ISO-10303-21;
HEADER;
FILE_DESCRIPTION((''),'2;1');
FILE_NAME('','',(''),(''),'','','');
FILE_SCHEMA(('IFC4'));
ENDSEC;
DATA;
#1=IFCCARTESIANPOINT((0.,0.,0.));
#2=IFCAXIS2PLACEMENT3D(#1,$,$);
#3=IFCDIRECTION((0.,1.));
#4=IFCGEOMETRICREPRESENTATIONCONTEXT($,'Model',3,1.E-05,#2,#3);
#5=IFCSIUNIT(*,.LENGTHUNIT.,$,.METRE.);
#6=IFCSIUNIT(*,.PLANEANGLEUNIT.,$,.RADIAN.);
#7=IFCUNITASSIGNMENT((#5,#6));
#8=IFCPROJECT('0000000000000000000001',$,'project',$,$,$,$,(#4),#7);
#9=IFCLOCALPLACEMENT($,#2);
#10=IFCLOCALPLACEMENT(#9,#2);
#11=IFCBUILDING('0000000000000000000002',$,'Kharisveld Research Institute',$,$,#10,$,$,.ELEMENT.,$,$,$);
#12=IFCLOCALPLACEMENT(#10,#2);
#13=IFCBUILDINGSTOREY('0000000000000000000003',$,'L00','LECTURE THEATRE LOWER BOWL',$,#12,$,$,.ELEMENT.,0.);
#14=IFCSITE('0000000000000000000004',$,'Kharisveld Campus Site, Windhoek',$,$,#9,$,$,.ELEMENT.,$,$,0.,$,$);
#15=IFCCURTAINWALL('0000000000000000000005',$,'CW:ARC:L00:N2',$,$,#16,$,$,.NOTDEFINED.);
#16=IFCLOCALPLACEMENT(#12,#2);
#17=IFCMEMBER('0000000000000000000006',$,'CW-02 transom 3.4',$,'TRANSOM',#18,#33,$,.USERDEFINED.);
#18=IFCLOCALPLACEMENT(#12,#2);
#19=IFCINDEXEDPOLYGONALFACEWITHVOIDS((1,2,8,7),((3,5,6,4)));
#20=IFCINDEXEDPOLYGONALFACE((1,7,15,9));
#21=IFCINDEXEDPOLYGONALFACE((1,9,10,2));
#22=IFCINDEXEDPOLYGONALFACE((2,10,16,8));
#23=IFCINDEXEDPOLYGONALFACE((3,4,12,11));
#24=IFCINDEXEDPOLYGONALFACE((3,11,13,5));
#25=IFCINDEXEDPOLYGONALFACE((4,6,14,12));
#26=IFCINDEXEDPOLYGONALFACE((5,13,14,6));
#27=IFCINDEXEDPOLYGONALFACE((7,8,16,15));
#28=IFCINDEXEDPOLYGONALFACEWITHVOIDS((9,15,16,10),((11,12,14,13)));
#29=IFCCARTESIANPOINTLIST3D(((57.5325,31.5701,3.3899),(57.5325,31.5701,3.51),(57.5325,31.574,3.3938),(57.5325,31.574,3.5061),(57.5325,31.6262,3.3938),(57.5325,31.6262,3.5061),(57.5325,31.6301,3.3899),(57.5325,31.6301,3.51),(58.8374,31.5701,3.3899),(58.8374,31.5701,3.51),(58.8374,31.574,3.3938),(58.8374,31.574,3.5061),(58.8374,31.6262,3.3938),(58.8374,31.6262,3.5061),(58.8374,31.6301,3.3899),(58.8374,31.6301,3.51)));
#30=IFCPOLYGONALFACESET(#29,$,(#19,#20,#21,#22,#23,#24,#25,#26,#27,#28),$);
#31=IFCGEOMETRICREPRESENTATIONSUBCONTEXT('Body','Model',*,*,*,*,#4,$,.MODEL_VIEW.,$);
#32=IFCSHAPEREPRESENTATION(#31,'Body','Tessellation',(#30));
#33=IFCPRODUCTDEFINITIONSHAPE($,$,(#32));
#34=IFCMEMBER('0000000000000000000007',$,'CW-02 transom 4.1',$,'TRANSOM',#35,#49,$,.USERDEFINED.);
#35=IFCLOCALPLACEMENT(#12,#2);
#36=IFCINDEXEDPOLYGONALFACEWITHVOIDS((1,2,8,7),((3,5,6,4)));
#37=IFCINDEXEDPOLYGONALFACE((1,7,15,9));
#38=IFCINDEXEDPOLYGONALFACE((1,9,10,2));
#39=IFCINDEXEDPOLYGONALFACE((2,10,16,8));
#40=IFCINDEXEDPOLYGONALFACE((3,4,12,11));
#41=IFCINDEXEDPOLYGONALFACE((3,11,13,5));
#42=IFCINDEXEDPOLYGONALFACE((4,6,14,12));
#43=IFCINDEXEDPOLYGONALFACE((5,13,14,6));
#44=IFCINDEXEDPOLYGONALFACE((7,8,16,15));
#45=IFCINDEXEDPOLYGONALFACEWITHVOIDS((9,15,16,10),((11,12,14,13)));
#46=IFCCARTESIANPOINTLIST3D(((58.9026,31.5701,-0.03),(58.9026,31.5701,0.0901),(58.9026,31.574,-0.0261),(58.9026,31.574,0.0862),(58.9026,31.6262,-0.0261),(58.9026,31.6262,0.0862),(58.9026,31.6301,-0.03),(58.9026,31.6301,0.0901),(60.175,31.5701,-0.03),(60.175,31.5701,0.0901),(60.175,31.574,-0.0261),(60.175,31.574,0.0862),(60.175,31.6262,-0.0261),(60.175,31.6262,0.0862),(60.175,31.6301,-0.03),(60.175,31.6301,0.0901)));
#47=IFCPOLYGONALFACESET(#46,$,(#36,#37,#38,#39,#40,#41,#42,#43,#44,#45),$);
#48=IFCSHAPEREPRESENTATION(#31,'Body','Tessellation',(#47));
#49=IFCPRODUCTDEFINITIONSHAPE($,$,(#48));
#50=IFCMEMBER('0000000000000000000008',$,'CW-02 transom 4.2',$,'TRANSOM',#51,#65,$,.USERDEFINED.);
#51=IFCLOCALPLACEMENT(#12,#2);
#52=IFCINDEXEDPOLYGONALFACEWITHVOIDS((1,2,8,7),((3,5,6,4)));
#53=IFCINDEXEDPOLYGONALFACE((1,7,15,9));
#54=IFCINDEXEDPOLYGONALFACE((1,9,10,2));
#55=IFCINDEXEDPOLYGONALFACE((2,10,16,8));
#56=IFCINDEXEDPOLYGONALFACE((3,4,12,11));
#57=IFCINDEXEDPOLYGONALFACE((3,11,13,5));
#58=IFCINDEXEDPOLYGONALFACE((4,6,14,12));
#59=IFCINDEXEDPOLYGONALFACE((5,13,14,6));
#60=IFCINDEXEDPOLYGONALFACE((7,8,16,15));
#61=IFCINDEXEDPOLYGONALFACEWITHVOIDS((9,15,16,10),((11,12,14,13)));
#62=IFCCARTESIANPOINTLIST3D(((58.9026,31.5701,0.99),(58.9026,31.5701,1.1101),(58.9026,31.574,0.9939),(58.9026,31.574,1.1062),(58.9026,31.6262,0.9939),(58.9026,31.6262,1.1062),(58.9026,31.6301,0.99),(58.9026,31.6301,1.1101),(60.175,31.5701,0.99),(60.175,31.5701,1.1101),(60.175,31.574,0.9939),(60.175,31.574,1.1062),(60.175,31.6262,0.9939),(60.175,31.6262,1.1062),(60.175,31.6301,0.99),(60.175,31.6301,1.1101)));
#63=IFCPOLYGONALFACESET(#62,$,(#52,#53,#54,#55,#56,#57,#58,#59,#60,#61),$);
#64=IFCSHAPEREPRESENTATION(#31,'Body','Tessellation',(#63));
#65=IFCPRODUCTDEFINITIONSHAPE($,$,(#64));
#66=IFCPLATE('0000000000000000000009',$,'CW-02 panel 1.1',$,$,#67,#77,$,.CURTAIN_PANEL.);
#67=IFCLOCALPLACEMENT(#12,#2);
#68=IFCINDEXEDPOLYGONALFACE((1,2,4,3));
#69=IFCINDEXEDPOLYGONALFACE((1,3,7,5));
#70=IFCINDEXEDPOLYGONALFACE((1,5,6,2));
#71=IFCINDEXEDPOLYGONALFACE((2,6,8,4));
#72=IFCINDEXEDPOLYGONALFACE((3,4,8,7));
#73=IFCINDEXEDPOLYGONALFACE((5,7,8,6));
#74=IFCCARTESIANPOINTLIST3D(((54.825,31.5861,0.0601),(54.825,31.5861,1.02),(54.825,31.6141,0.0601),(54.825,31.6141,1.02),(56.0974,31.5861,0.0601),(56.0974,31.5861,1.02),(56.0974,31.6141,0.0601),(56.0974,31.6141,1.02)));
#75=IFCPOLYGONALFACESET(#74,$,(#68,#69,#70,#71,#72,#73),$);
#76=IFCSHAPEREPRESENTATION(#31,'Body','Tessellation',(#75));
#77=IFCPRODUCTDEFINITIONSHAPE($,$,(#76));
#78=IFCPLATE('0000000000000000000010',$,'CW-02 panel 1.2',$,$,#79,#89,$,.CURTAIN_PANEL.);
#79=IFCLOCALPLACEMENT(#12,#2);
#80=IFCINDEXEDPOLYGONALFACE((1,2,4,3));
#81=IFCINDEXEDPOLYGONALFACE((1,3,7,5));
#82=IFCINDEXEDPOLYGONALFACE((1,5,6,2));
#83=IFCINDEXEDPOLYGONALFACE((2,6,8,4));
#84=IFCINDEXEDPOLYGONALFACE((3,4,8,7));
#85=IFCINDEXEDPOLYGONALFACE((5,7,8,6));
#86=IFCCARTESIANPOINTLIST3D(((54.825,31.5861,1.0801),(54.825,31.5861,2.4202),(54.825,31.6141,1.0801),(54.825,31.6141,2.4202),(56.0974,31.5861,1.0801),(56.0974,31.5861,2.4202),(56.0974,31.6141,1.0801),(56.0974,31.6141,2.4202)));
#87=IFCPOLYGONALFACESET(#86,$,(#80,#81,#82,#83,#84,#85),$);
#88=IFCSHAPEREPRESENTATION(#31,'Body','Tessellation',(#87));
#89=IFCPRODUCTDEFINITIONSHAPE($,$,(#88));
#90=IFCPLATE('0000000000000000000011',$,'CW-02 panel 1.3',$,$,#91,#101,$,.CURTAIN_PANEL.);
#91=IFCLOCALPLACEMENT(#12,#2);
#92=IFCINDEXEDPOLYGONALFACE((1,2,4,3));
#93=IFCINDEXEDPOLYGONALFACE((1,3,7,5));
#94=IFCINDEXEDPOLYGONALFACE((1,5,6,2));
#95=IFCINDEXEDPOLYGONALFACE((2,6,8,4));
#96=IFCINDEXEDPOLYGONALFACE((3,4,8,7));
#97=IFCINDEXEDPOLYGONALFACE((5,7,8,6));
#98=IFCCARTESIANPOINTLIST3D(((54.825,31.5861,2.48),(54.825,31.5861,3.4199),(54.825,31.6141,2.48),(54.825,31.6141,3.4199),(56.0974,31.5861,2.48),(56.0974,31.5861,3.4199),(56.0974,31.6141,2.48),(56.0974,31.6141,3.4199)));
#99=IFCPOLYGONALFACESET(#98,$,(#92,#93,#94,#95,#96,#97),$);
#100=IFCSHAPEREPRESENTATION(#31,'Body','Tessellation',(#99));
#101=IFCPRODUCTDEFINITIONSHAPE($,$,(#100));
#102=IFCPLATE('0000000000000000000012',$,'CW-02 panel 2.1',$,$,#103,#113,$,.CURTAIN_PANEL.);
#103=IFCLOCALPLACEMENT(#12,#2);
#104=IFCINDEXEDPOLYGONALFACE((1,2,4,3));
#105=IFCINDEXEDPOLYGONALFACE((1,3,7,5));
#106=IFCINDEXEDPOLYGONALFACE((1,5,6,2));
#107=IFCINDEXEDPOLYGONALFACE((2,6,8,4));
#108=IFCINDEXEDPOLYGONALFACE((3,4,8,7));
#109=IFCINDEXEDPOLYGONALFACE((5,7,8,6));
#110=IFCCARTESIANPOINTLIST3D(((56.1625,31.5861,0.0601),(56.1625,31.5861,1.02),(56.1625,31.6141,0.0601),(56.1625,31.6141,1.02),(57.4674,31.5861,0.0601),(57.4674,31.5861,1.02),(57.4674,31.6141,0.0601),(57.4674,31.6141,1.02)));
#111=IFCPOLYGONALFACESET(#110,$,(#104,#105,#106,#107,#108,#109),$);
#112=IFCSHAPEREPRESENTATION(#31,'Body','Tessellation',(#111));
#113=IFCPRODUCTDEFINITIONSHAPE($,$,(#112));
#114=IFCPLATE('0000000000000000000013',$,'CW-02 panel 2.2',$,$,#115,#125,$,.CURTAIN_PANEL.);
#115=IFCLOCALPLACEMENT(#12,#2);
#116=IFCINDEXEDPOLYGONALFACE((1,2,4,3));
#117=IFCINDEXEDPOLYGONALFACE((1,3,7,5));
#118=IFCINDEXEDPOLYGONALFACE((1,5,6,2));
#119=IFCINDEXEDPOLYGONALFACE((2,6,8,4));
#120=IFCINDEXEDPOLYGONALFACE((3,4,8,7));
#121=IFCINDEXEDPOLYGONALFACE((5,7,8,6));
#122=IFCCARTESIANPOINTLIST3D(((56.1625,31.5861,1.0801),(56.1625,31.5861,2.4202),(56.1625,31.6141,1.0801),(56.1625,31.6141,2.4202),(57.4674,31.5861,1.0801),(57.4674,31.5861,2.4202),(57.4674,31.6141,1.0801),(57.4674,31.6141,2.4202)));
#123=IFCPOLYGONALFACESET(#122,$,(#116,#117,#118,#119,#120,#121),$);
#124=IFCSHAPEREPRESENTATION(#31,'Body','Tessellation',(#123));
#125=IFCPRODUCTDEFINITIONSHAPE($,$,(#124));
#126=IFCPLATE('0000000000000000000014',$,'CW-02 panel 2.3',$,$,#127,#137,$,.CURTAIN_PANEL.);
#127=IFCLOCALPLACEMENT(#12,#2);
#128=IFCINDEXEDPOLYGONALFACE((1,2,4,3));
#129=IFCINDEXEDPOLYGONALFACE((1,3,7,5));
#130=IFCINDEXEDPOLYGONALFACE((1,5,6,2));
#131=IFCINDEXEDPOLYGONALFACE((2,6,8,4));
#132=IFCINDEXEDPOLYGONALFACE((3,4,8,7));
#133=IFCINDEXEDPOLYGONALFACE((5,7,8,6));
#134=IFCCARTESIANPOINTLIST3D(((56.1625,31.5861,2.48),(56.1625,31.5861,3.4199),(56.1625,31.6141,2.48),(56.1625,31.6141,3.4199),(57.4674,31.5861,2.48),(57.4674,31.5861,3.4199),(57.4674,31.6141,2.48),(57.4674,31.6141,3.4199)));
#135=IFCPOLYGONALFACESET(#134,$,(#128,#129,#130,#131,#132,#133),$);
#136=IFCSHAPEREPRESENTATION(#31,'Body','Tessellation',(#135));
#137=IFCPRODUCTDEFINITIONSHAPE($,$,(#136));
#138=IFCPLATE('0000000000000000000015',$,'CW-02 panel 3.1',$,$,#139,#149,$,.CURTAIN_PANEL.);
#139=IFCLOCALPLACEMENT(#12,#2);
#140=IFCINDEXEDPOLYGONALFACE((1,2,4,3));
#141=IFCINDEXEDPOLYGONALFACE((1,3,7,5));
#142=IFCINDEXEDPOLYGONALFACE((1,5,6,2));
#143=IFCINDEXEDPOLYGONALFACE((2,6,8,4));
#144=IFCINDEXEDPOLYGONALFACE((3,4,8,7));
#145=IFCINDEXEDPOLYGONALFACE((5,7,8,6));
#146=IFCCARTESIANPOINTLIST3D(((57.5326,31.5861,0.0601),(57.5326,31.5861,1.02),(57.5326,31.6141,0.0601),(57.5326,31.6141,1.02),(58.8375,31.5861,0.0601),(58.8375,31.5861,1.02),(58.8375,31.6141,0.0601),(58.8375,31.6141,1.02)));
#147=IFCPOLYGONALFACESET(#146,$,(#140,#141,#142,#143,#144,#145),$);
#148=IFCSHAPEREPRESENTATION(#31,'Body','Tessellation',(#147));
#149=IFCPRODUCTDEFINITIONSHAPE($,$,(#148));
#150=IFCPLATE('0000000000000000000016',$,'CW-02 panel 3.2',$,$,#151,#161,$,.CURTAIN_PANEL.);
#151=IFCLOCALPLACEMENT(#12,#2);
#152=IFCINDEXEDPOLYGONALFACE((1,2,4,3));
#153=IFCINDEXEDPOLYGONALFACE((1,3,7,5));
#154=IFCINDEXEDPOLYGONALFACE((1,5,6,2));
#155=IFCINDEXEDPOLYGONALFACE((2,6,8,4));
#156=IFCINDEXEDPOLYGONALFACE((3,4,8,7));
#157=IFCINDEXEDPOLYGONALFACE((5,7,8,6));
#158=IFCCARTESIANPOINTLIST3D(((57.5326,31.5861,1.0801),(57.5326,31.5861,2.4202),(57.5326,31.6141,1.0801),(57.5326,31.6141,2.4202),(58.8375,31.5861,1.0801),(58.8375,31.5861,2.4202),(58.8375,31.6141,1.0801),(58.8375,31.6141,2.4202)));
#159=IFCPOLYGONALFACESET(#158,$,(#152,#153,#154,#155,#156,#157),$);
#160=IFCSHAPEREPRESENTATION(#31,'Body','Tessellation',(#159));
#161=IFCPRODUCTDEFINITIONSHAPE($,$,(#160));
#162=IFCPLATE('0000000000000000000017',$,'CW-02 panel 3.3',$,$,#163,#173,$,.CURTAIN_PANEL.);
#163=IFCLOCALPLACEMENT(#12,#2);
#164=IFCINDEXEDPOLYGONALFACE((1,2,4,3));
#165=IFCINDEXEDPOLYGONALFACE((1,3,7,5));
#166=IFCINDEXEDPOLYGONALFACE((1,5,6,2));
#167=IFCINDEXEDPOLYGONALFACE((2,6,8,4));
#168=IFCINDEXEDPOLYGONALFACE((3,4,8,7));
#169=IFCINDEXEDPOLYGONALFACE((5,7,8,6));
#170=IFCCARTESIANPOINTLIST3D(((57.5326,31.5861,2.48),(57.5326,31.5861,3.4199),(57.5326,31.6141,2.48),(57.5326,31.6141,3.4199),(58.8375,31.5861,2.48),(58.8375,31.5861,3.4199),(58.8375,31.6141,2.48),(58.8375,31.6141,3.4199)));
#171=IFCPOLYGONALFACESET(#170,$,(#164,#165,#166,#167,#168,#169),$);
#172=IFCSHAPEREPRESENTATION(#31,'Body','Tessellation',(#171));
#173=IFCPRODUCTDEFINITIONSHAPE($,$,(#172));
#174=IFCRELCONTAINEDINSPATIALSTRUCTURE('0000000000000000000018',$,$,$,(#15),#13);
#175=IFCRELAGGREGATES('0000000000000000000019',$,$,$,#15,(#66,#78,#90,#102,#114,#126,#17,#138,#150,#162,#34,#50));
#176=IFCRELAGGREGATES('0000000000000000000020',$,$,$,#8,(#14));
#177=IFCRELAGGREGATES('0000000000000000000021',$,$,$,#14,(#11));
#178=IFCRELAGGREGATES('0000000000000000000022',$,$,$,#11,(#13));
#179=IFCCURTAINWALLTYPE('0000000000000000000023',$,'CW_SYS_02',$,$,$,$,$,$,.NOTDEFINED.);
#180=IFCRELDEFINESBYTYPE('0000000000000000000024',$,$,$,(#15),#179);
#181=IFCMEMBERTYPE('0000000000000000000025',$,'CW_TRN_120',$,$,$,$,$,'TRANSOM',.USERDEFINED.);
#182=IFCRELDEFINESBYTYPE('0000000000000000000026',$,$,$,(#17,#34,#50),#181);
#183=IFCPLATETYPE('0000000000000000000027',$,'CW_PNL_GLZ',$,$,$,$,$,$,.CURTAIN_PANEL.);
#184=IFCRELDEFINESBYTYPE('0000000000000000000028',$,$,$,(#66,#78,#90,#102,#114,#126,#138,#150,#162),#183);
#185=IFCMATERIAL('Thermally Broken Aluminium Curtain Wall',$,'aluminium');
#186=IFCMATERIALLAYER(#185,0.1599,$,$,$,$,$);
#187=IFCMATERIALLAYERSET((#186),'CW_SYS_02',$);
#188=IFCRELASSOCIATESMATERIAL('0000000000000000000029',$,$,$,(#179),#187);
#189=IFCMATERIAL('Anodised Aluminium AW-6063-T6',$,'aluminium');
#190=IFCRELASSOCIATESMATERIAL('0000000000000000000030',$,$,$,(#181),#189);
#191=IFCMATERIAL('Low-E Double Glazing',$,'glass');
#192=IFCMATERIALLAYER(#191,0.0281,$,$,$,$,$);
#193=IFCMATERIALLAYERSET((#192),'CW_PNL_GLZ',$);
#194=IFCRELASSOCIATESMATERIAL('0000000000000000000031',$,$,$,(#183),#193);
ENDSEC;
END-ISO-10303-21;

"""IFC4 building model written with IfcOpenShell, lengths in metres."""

from ifc_helpers import new_model, si_unit, direction, frame, origin, origin_2d, place, context, subcontext, project, spatial, rectangle, hollow_rectangle, extrude, material, layer, layer_set, material_profile, profile_set, type_object, element, aggregate, save


model = new_model("IFC4")

# Units and contexts
model_context = context("Model", 3, precision=1e-05, world=origin(), true_north=direction((0.0, 1.0)))
body_context = subcontext(model_context, "Body", "Model", "MODEL_VIEW")
ifc_project = project(units=[si_unit("LENGTHUNIT", "METRE"), si_unit("PLANEANGLEUNIT", "RADIAN")], contexts=[model_context])

# Site, building, storey
site_placement = place(None, origin())
site = spatial("IfcSite", under=ifc_project, at=site_placement, Name="Kharisveld Campus Site, Windhoek", CompositionType="ELEMENT", RefElevation=0.0)
building_placement = place(site_placement, origin())
building = spatial("IfcBuilding", under=site, at=building_placement, Name="Kharisveld Research Institute", CompositionType="ELEMENT")
storey_placement = place(building_placement, origin())
storey = spatial("IfcBuildingStorey", under=building, at=storey_placement, Name="L00", Description="LECTURE THEATRE LOWER BOWL", CompositionType="ELEMENT", Elevation=0.0)

# Curtain wall, members, plates
ifc_material_1 = material(Name="Thermally Broken Aluminium Curtain Wall", Category="aluminium")
ifc_layer_1 = layer(ifc_material_1, 0.1599)
ifc_layer_set_1 = layer_set([ifc_layer_1], Name="CW_SYS_02")
curtain_wall_type = type_object("IfcCurtainWallType", Name="CW_SYS_02", PredefinedType="NOTDEFINED", material=ifc_layer_set_1)
curtain_wall_placement = place(storey_placement, origin())
curtain_wall = element("IfcCurtainWall", 1, at=curtain_wall_placement, inside=storey, type_object=curtain_wall_type, Name="CW:ARC:L00:N2", PredefinedType="NOTDEFINED")
ifc_material_2 = material(Name="Anodised Aluminium AW-6063-T6", Category="aluminium")
ifc_material_profile_1 = material_profile(ifc_material_2, hollow_rectangle(XDim=0.0601, YDim=0.1201, WallThickness=0.0039, at=origin_2d()))
ifc_profile_set_1 = profile_set([ifc_material_profile_1], Name="Anodised Aluminium AW-6063-T6")
member_type_1 = type_object("IfcMemberType", Name="CW_TRN_120", ElementType="TRANSOM", PredefinedType="USERDEFINED", material=ifc_profile_set_1)
member_1_placement = place(storey_placement, frame((57.5325, 31.6001, 3.45), z_axis=(1.0, 0.0, 0.0), x_axis=(0.0, 1.0, 0.0)))
member_1 = element("IfcMember", 2, at=member_1_placement, type_object=member_type_1, Name="CW-02 transom 3.4", ObjectType="TRANSOM", PredefinedType="USERDEFINED", context=body_context, shape_type="SweptSolid", body=[
    extrude(hollow_rectangle(XDim=0.0601, YDim=0.1201, WallThickness=0.0039, at=origin_2d()), origin(), (0.0, 0.0, 1.0), 1.3049),
])
member_2_placement = place(storey_placement, frame((58.9026, 31.6001, 0.03), z_axis=(1.0, 0.0, 0.0), x_axis=(0.0, 1.0, 0.0)))
member_2 = element("IfcMember", 3, at=member_2_placement, type_object=member_type_1, Name="CW-02 transom 4.1", ObjectType="TRANSOM", PredefinedType="USERDEFINED", context=body_context, shape_type="SweptSolid", body=[
    extrude(hollow_rectangle(XDim=0.0601, YDim=0.1201, WallThickness=0.0039, at=origin_2d()), origin(), (0.0, 0.0, 1.0), 1.2725),
])
member_3_placement = place(storey_placement, frame((58.9026, 31.6001, 1.05), z_axis=(1.0, 0.0, 0.0), x_axis=(0.0, 1.0, 0.0)))
member_3 = element("IfcMember", 4, at=member_3_placement, type_object=member_type_1, Name="CW-02 transom 4.2", ObjectType="TRANSOM", PredefinedType="USERDEFINED", context=body_context, shape_type="SweptSolid", body=[
    extrude(hollow_rectangle(XDim=0.0601, YDim=0.1201, WallThickness=0.0039, at=origin_2d()), origin(), (0.0, 0.0, 1.0), 1.2725),
])
ifc_material_3 = material(Name="Low-E Double Glazing", Category="glass")
ifc_layer_2 = layer(ifc_material_3, 0.0281)
ifc_layer_set_2 = layer_set([ifc_layer_2], Name="CW_PNL_GLZ")
plate_type = type_object("IfcPlateType", Name="CW_PNL_GLZ", PredefinedType="CURTAIN_PANEL", material=ifc_layer_set_2)
plate_1_placement = place(storey_placement, frame((55.4612, 31.6001, 0.0601), z_axis=(0.0, 0.0, 1.0), x_axis=(1.0, 0.0, 0.0)))
plate_1 = element("IfcPlate", 5, at=plate_1_placement, type_object=plate_type, Name="CW-02 panel 1.1", PredefinedType="CURTAIN_PANEL", context=body_context, shape_type="SweptSolid", body=[
    extrude(rectangle(XDim=1.2725, YDim=0.0281, at=origin_2d()), origin(), (0.0, 0.0, 1.0), 0.96),
])
plate_2_placement = place(storey_placement, frame((55.4612, 31.6001, 1.0801), z_axis=(0.0, 0.0, 1.0), x_axis=(1.0, 0.0, 0.0)))
plate_2 = element("IfcPlate", 6, at=plate_2_placement, type_object=plate_type, Name="CW-02 panel 1.2", PredefinedType="CURTAIN_PANEL", context=body_context, shape_type="SweptSolid", body=[
    extrude(rectangle(XDim=1.2725, YDim=0.0281, at=origin_2d()), origin(), (0.0, 0.0, 1.0), 1.3401),
])
plate_3_placement = place(storey_placement, frame((55.4612, 31.6001, 2.48), z_axis=(0.0, 0.0, 1.0), x_axis=(1.0, 0.0, 0.0)))
plate_3 = element("IfcPlate", 7, at=plate_3_placement, type_object=plate_type, Name="CW-02 panel 1.3", PredefinedType="CURTAIN_PANEL", context=body_context, shape_type="SweptSolid", body=[
    extrude(rectangle(XDim=1.2725, YDim=0.0281, at=origin_2d()), origin(), (0.0, 0.0, 1.0), 0.9399),
])
plate_4_placement = place(storey_placement, frame((56.8149, 31.6001, 0.0601), z_axis=(0.0, 0.0, 1.0), x_axis=(1.0, 0.0, 0.0)))
plate_4 = element("IfcPlate", 8, at=plate_4_placement, type_object=plate_type, Name="CW-02 panel 2.1", PredefinedType="CURTAIN_PANEL", context=body_context, shape_type="SweptSolid", body=[
    extrude(rectangle(XDim=1.3049, YDim=0.0281, at=origin_2d()), origin(), (0.0, 0.0, 1.0), 0.96),
])
plate_5_placement = place(storey_placement, frame((56.8149, 31.6001, 1.0801), z_axis=(0.0, 0.0, 1.0), x_axis=(1.0, 0.0, 0.0)))
plate_5 = element("IfcPlate", 9, at=plate_5_placement, type_object=plate_type, Name="CW-02 panel 2.2", PredefinedType="CURTAIN_PANEL", context=body_context, shape_type="SweptSolid", body=[
    extrude(rectangle(XDim=1.3049, YDim=0.0281, at=origin_2d()), origin(), (0.0, 0.0, 1.0), 1.3401),
])
plate_6_placement = place(storey_placement, frame((56.8149, 31.6001, 2.48), z_axis=(0.0, 0.0, 1.0), x_axis=(1.0, 0.0, 0.0)))
plate_6 = element("IfcPlate", 10, at=plate_6_placement, type_object=plate_type, Name="CW-02 panel 2.3", PredefinedType="CURTAIN_PANEL", context=body_context, shape_type="SweptSolid", body=[
    extrude(rectangle(XDim=1.3049, YDim=0.0281, at=origin_2d()), origin(), (0.0, 0.0, 1.0), 0.9399),
])
plate_7_placement = place(storey_placement, frame((58.1851, 31.6001, 0.0601), z_axis=(0.0, 0.0, 1.0), x_axis=(1.0, 0.0, 0.0)))
plate_7 = element("IfcPlate", 11, at=plate_7_placement, type_object=plate_type, Name="CW-02 panel 3.1", PredefinedType="CURTAIN_PANEL", context=body_context, shape_type="SweptSolid", body=[
    extrude(rectangle(XDim=1.3049, YDim=0.0281, at=origin_2d()), origin(), (0.0, 0.0, 1.0), 0.96),
])
plate_8_placement = place(storey_placement, frame((58.1851, 31.6001, 1.0801), z_axis=(0.0, 0.0, 1.0), x_axis=(1.0, 0.0, 0.0)))
plate_8 = element("IfcPlate", 12, at=plate_8_placement, type_object=plate_type, Name="CW-02 panel 3.2", PredefinedType="CURTAIN_PANEL", context=body_context, shape_type="SweptSolid", body=[
    extrude(rectangle(XDim=1.3049, YDim=0.0281, at=origin_2d()), origin(), (0.0, 0.0, 1.0), 1.3401),
])
plate_9_placement = place(storey_placement, frame((58.1851, 31.6001, 2.48), z_axis=(0.0, 0.0, 1.0), x_axis=(1.0, 0.0, 0.0)))
plate_9 = element("IfcPlate", 13, at=plate_9_placement, type_object=plate_type, Name="CW-02 panel 3.3", PredefinedType="CURTAIN_PANEL", context=body_context, shape_type="SweptSolid", body=[
    extrude(rectangle(XDim=1.3049, YDim=0.0281, at=origin_2d()), origin(), (0.0, 0.0, 1.0), 0.9399),
])
aggregate(curtain_wall, [plate_1, plate_2, plate_3, plate_4, plate_5, plate_6, member_1, plate_7, plate_8, plate_9, member_2, member_3])

save(model, "model.ifc")
